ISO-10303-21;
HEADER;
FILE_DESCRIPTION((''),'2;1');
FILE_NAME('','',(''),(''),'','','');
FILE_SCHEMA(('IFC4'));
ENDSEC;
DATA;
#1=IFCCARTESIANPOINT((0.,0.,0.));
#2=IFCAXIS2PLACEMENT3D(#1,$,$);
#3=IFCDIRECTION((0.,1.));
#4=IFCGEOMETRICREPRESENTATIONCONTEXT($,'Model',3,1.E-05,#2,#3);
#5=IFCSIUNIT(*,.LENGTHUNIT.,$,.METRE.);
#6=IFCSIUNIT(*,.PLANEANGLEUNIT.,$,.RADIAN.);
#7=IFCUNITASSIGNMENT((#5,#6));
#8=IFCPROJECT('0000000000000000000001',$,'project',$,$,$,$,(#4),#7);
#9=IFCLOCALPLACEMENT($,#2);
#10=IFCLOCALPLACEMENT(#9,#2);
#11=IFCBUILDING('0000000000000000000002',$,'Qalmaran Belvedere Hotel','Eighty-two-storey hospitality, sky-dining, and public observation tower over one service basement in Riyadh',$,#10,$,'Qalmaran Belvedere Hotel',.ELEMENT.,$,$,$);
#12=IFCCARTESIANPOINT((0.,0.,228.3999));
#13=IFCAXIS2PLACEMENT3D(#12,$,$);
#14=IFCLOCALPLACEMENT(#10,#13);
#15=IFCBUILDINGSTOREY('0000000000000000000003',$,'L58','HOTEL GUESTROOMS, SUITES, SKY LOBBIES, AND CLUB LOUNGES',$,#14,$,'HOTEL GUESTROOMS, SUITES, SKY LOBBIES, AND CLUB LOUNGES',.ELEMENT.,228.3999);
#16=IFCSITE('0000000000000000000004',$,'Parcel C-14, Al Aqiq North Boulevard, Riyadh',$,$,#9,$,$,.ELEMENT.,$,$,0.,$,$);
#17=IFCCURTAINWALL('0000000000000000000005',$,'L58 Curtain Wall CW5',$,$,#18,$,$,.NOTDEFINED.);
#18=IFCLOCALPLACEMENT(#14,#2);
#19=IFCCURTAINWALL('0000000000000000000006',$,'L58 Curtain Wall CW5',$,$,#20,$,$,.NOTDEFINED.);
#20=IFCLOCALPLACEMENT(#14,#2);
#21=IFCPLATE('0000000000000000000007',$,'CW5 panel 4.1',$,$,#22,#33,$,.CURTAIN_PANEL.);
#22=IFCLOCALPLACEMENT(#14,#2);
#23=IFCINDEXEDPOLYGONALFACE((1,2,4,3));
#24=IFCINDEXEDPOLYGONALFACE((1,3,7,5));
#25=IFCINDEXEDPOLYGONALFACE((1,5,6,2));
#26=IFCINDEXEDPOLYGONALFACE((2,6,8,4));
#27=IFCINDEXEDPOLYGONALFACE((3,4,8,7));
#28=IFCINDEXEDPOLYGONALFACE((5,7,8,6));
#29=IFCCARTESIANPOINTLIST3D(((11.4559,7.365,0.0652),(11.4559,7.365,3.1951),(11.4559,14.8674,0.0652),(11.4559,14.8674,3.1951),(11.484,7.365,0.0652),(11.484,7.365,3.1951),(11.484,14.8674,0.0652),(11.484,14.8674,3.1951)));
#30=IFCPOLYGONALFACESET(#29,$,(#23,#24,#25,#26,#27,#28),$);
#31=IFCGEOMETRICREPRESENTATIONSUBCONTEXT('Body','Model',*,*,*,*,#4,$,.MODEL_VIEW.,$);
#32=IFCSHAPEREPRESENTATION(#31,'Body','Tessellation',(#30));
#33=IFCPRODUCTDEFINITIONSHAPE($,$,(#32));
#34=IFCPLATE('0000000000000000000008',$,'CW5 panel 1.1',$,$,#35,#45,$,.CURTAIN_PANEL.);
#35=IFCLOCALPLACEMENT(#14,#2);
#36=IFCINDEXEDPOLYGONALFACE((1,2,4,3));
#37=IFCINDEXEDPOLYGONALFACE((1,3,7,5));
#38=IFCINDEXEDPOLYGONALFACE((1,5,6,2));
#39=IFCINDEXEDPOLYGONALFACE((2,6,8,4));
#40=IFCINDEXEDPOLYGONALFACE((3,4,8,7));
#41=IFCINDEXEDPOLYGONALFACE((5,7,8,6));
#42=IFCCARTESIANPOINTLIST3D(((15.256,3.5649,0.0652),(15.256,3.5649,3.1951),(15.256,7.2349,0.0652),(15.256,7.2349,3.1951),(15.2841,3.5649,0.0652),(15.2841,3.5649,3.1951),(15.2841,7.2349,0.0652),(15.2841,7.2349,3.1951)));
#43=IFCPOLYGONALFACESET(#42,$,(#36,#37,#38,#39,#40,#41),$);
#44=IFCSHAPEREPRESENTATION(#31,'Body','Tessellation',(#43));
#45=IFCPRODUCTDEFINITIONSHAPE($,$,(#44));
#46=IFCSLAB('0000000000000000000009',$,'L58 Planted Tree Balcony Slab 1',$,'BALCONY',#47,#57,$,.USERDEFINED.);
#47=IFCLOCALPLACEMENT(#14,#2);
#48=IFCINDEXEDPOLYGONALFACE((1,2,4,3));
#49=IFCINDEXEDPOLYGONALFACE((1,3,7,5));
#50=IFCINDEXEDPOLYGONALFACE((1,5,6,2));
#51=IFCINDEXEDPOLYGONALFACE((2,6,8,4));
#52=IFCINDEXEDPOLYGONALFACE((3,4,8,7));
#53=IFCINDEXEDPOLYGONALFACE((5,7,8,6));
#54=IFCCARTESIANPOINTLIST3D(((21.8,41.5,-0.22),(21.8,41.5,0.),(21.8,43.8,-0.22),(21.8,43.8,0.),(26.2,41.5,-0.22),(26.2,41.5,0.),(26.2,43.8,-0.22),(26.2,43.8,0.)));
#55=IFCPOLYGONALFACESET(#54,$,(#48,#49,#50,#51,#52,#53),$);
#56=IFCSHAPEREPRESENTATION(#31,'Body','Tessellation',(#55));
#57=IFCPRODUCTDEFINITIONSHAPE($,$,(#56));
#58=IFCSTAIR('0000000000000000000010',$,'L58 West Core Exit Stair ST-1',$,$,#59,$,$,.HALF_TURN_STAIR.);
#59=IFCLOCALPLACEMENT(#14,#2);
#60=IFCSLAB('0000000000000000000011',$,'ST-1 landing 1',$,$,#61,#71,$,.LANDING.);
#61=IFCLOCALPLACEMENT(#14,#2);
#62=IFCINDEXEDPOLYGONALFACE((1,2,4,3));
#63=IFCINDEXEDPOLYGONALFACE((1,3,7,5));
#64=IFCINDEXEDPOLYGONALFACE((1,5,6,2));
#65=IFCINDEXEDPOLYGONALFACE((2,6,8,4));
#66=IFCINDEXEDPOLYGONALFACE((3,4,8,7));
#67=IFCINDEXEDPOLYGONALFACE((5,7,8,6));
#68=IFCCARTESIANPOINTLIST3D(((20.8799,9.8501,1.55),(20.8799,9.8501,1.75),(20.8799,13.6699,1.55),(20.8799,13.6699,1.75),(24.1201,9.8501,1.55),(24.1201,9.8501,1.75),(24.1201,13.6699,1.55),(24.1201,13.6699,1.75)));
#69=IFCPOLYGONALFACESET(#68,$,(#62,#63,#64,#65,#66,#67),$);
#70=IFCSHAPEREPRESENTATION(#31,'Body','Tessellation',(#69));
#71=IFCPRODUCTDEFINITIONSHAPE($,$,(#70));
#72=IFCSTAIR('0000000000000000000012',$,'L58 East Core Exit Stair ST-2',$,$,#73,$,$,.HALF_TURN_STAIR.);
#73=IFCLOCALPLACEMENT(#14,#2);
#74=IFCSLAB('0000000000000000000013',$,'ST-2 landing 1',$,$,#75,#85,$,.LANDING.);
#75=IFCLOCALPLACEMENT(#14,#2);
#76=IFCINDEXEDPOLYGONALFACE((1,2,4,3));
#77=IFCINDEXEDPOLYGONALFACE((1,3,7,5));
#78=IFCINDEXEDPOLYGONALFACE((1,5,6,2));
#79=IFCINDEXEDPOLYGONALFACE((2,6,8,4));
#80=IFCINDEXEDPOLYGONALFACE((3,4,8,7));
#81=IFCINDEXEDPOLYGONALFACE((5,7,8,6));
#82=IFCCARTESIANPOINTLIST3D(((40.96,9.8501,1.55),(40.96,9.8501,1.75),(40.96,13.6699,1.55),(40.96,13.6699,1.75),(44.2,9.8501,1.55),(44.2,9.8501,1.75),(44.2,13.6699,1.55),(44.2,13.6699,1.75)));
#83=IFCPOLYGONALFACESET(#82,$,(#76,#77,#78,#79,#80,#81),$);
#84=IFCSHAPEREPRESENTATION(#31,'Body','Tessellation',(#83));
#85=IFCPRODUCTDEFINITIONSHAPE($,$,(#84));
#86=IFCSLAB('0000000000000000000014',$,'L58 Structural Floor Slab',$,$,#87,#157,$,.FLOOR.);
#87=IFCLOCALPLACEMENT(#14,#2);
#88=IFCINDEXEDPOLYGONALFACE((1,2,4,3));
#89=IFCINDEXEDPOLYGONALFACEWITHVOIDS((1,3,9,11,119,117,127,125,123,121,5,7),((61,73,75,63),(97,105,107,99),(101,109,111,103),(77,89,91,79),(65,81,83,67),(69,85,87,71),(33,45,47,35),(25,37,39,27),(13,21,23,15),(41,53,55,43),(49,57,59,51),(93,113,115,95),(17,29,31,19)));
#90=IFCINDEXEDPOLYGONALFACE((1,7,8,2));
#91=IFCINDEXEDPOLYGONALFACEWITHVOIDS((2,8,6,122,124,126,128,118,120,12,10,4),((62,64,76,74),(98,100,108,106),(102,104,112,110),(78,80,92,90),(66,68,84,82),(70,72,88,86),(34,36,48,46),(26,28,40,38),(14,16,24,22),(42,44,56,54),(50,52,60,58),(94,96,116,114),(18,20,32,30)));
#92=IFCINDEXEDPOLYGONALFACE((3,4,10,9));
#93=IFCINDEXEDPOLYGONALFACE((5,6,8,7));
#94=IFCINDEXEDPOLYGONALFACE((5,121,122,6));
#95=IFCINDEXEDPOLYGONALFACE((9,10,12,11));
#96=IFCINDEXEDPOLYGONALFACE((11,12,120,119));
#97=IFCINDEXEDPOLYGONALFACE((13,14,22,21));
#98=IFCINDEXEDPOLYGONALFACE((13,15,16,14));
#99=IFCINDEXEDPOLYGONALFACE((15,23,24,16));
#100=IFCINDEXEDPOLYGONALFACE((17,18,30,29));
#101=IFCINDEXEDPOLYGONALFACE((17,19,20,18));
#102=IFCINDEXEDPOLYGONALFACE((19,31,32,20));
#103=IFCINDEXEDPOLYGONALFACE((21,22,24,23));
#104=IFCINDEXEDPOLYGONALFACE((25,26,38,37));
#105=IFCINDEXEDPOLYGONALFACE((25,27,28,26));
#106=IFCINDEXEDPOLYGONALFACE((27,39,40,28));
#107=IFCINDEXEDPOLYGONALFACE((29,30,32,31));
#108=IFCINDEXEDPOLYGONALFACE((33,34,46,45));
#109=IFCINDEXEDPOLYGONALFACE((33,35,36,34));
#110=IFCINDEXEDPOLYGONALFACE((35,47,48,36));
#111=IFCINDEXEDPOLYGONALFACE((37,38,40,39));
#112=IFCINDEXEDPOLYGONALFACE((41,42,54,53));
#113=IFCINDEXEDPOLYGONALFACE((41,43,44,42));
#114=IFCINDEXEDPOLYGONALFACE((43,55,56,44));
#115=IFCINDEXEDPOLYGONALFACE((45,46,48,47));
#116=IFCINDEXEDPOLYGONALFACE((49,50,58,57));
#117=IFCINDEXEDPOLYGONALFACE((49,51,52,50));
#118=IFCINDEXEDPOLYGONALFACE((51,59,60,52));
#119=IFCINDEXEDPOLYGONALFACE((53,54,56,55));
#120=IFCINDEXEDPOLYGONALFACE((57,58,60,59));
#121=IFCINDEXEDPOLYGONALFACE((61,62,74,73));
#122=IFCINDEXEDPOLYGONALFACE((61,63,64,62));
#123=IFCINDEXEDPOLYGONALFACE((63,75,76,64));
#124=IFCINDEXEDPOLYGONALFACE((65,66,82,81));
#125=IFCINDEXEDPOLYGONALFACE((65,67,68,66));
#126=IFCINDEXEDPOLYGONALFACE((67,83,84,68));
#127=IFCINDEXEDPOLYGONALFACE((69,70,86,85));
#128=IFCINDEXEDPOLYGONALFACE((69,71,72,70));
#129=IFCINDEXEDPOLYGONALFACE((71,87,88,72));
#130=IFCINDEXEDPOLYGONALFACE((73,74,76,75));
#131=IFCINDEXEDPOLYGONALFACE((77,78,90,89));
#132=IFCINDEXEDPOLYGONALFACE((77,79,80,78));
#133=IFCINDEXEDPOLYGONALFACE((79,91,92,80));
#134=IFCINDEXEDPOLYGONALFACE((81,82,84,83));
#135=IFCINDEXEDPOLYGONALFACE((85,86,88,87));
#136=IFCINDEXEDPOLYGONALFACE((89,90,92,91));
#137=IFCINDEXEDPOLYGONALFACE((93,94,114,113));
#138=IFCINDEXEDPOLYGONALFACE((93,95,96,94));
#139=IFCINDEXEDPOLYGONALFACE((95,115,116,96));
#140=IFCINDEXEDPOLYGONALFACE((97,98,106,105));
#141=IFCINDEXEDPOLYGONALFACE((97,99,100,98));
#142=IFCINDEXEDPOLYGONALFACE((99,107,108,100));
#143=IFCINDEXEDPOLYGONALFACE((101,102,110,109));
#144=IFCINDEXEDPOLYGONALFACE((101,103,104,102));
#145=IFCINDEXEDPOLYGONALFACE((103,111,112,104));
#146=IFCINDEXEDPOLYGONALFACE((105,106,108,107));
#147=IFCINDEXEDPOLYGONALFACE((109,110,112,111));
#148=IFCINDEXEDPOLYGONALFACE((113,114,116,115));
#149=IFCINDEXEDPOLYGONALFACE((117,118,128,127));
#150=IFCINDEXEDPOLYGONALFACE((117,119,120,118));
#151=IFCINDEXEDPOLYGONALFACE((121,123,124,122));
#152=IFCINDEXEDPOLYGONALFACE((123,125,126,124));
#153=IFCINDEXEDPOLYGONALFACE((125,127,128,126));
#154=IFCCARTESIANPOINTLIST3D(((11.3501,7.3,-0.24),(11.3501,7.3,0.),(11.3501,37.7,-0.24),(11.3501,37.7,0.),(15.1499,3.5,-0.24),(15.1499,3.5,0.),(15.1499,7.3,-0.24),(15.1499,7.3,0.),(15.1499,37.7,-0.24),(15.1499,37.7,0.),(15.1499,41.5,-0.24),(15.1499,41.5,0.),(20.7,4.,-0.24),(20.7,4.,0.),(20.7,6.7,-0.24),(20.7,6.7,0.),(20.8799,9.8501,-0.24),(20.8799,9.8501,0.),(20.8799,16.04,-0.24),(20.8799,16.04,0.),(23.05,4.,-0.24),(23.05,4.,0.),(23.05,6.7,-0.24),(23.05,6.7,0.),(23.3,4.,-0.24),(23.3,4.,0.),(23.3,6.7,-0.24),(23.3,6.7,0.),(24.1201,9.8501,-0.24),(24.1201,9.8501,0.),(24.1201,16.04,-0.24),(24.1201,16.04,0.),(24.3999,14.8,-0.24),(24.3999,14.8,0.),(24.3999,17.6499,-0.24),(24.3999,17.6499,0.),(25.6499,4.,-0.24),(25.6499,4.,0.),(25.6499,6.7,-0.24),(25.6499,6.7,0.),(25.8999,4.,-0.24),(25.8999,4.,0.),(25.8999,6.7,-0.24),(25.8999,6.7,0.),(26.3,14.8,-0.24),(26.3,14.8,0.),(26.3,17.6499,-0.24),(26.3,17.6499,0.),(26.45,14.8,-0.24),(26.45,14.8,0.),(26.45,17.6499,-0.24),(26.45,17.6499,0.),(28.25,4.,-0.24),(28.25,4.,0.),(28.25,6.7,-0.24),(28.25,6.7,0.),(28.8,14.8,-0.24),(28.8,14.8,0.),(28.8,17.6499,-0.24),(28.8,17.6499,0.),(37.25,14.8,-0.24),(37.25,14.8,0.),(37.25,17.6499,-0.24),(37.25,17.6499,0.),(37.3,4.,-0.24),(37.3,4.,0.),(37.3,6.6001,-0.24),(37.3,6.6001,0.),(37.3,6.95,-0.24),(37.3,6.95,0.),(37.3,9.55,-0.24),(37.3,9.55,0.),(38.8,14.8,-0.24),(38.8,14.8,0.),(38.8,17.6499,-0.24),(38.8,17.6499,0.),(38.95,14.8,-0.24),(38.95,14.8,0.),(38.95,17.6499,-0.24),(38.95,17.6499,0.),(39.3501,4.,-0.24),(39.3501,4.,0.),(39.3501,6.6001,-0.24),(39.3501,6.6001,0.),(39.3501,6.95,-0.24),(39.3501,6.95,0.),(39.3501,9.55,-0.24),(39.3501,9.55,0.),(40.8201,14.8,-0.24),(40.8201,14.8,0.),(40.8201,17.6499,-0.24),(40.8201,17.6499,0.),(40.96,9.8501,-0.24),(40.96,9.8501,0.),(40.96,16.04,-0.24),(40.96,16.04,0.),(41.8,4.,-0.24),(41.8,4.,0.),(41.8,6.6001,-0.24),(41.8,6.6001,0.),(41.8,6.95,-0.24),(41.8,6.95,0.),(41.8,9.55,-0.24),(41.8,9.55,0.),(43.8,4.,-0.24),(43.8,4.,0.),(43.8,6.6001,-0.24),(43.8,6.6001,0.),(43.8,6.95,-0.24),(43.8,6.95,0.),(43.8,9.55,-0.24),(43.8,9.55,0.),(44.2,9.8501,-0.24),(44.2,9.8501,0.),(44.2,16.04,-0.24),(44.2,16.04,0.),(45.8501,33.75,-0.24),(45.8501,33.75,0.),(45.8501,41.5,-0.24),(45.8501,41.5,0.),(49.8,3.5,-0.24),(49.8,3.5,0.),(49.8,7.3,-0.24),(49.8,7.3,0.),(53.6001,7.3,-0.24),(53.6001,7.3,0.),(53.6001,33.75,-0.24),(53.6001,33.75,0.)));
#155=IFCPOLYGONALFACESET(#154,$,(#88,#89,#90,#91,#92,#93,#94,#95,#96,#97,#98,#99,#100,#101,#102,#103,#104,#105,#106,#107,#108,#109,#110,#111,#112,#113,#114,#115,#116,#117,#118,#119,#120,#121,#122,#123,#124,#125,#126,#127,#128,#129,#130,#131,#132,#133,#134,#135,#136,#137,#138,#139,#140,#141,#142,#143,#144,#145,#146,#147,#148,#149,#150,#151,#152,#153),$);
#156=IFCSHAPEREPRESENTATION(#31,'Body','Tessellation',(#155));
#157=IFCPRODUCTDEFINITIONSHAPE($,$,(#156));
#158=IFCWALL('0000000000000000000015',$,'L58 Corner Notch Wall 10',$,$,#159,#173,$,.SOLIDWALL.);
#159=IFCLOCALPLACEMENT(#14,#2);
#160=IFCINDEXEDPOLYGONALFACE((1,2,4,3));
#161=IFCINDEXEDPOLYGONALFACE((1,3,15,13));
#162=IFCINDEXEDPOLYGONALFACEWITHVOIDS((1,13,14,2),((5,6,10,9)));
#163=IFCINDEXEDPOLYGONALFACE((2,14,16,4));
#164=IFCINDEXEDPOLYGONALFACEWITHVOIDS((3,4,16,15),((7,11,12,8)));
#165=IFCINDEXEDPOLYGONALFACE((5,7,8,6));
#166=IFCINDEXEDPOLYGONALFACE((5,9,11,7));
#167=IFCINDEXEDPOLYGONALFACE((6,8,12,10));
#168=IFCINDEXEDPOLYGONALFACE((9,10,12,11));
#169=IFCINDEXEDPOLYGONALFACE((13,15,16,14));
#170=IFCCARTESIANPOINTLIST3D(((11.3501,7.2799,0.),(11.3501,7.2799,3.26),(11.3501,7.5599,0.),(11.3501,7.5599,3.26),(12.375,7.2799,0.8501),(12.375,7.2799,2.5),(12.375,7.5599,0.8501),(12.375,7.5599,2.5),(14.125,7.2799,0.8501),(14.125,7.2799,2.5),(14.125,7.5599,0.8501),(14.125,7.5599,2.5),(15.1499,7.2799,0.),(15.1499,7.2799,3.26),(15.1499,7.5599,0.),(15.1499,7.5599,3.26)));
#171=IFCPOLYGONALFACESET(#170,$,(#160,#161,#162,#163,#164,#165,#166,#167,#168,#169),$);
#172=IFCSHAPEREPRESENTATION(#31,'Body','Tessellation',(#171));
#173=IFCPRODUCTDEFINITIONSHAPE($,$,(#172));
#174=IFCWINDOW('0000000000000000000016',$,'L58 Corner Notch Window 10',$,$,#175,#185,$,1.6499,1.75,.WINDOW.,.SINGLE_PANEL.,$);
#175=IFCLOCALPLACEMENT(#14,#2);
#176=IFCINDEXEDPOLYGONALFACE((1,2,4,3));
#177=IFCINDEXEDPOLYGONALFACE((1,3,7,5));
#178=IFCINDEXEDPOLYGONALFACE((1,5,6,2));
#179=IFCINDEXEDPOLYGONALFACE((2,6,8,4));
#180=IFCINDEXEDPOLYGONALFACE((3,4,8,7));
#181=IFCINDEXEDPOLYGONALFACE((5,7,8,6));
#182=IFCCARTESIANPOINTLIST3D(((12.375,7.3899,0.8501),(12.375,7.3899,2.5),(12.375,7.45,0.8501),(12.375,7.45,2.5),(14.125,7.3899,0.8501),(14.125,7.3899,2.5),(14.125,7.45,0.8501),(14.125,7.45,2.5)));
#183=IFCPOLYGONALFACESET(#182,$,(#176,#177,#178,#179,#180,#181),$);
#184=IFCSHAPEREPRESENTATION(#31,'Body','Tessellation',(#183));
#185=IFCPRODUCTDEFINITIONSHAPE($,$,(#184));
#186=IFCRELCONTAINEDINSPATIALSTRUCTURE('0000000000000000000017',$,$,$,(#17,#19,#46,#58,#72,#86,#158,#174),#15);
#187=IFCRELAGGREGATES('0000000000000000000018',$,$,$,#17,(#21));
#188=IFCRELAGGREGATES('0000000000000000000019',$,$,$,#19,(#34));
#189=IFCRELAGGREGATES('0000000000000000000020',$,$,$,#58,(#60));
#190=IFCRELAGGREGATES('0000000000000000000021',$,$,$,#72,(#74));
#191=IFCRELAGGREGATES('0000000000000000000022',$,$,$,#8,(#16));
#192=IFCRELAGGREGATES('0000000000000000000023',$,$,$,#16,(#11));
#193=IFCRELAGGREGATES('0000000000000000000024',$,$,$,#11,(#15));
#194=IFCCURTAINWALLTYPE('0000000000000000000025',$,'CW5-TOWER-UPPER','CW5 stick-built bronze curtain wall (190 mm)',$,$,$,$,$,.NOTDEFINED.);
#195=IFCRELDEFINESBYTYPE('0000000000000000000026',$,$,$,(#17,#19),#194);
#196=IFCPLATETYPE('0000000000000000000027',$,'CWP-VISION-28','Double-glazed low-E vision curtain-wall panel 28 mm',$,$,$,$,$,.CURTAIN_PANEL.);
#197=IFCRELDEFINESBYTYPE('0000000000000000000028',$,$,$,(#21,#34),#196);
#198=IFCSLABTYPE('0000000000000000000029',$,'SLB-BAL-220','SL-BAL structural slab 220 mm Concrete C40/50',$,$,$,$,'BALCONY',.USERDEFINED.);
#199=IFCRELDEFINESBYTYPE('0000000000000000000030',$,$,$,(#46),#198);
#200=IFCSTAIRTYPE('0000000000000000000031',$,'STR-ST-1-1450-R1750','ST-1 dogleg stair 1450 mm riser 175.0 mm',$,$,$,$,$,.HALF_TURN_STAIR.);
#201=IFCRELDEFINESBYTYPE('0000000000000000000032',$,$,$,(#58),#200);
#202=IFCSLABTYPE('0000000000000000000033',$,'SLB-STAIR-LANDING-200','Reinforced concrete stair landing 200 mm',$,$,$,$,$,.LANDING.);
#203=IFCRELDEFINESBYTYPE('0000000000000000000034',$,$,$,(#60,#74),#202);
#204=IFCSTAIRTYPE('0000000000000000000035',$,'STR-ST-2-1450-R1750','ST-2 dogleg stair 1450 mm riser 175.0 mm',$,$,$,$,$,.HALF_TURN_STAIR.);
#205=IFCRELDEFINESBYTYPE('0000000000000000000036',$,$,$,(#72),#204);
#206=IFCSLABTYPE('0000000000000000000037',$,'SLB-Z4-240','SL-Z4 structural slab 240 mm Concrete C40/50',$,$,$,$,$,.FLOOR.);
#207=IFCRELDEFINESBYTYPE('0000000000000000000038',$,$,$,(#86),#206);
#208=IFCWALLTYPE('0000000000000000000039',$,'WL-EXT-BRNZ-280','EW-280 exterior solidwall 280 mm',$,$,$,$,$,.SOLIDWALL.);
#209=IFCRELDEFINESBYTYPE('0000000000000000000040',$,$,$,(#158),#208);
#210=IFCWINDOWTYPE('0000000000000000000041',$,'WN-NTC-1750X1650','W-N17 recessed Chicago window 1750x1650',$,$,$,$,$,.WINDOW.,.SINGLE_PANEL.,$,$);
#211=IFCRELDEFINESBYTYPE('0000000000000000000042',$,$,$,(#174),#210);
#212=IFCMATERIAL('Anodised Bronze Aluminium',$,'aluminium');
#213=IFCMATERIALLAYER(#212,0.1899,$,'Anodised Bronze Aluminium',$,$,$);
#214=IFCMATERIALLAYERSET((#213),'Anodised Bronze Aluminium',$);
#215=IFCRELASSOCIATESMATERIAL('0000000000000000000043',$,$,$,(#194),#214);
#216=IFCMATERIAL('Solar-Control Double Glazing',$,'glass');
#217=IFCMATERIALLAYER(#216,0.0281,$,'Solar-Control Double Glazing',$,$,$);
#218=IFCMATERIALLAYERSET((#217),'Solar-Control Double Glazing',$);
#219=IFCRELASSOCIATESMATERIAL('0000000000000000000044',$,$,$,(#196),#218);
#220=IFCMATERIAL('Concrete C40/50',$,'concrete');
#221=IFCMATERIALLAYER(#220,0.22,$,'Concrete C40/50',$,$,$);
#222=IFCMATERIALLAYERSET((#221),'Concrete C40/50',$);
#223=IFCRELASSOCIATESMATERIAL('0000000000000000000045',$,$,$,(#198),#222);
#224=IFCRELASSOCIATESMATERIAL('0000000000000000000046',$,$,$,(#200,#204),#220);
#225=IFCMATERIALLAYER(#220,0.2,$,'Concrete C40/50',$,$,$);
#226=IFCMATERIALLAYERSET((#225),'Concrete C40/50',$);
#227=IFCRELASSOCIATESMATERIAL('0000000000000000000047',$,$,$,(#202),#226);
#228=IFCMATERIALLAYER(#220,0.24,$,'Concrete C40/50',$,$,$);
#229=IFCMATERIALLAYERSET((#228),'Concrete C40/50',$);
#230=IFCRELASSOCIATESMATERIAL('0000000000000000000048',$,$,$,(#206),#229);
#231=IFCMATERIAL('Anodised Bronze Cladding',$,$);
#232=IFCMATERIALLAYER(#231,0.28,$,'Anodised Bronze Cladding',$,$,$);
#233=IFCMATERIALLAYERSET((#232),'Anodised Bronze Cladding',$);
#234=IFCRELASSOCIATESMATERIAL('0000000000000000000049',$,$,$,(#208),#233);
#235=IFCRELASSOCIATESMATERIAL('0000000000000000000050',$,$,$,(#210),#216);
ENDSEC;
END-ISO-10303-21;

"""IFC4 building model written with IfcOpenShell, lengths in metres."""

from ifc_helpers import new_model, si_unit, direction, frame, frame_2d, origin, origin_2d, place, context, subcontext, project, spatial, polyline, rectangle, outline, extrude, material, layer, layer_set, type_object, element, fill, aggregate, save


model = new_model("IFC4")

# Units and contexts
model_context = context("Model", 3, precision=1e-05, world=origin(), true_north=direction((0.0, 1.0)))
body_context = subcontext(model_context, "Body", "Model", "MODEL_VIEW")
ifc_project = project(units=[si_unit("LENGTHUNIT", "METRE"), si_unit("PLANEANGLEUNIT", "RADIAN")], contexts=[model_context])

# Site, building, storey
site_placement = place(None, origin())
site = spatial("IfcSite", under=ifc_project, at=site_placement, Name="Parcel C-14, Al Aqiq North Boulevard, Riyadh", CompositionType="ELEMENT", RefElevation=0.0)
building_placement = place(site_placement, origin())
building = spatial("IfcBuilding", under=site, at=building_placement, Name="Qalmaran Belvedere Hotel", Description="Eighty-two-storey hospitality, sky-dining, and public observation tower over one service basement in Riyadh", LongName="Qalmaran Belvedere Hotel", CompositionType="ELEMENT")
storey_placement = place(building_placement, frame((0.0, 0.0, 228.3999)))
storey = spatial("IfcBuildingStorey", under=building, at=storey_placement, Name="L58", Description="HOTEL GUESTROOMS, SUITES, SKY LOBBIES, AND CLUB LOUNGES", LongName="HOTEL GUESTROOMS, SUITES, SKY LOBBIES, AND CLUB LOUNGES", CompositionType="ELEMENT", Elevation=228.3999)

# Shared definitions
ifc_material_1 = material(Name="Anodised Bronze Aluminium", Category="aluminium")
ifc_layer_1 = layer(ifc_material_1, 0.1899, Name="Anodised Bronze Aluminium")
ifc_layer_set_1 = layer_set([ifc_layer_1], Name="Anodised Bronze Aluminium")
curtain_wall_type = type_object("IfcCurtainWallType", Name="CW5-TOWER-UPPER", Description="CW5 stick-built bronze curtain wall (190 mm)", PredefinedType="NOTDEFINED", material=ifc_layer_set_1)

# Curtain walls
curtain_wall_1_placement = place(storey_placement, origin())
curtain_wall_1 = element("IfcCurtainWall", 1, at=curtain_wall_1_placement, inside=storey, type_object=curtain_wall_type, Name="L58 Curtain Wall CW5", PredefinedType="NOTDEFINED")
curtain_wall_2_placement = place(storey_placement, origin())
curtain_wall_2 = element("IfcCurtainWall", 2, at=curtain_wall_2_placement, inside=storey, type_object=curtain_wall_type, Name="L58 Curtain Wall CW5", PredefinedType="NOTDEFINED")

# Plates
ifc_material_2 = material(Name="Solar-Control Double Glazing", Category="glass")
ifc_layer_2 = layer(ifc_material_2, 0.0281, Name="Solar-Control Double Glazing")
ifc_layer_set_2 = layer_set([ifc_layer_2], Name="Solar-Control Double Glazing")
plate_type = type_object("IfcPlateType", Name="CWP-VISION-28", Description="Double-glazed low-E vision curtain-wall panel 28 mm", PredefinedType="CURTAIN_PANEL", material=ifc_layer_set_2)
plate_1_placement = place(storey_placement, frame((11.47, 11.1162, 0.0652), z_axis=(0.0, 0.0, 1.0), x_axis=(0.0, -1.0, 0.0)))
plate_1 = element("IfcPlate", 3, at=plate_1_placement, type_object=plate_type, Name="CW5 panel 4.1", PredefinedType="CURTAIN_PANEL", context=body_context, shape_type="SweptSolid", body=[
    extrude(rectangle(XDim=7.5024, YDim=0.0281, at=origin_2d()), origin(), (0.0, 0.0, 1.0), 3.1299),
])
aggregate(curtain_wall_1, [plate_1])
plate_2_placement = place(storey_placement, frame((15.27, 5.3999, 0.0652), z_axis=(0.0, 0.0, 1.0), x_axis=(0.0, -1.0, 0.0)))
plate_2 = element("IfcPlate", 4, at=plate_2_placement, type_object=plate_type, Name="CW5 panel 1.1", PredefinedType="CURTAIN_PANEL", context=body_context, shape_type="SweptSolid", body=[
    extrude(rectangle(XDim=3.6699, YDim=0.0281, at=origin_2d()), origin(), (0.0, 0.0, 1.0), 3.1299),
])
aggregate(curtain_wall_2, [plate_2])

# Slab
ifc_material_3 = material(Name="Concrete C40/50", Category="concrete")
ifc_layer_3 = layer(ifc_material_3, 0.22, Name="Concrete C40/50")
ifc_layer_set_3 = layer_set([ifc_layer_3], Name="Concrete C40/50")
slab_type_1 = type_object("IfcSlabType", Name="SLB-BAL-220", Description="SL-BAL structural slab 220 mm Concrete C40/50", ElementType="BALCONY", PredefinedType="USERDEFINED", material=ifc_layer_set_3)
slab_1_placement = place(storey_placement, frame((0.0, 0.0, -0.22)))
element("IfcSlab", 5, at=slab_1_placement, inside=storey, type_object=slab_type_1, Name="L58 Planted Tree Balcony Slab 1", ObjectType="BALCONY", PredefinedType="USERDEFINED", context=body_context, shape_type="SweptSolid", body=[
    extrude(outline(polyline([(21.8, 41.5), (26.2, 41.5), (26.2, 43.8), (21.8, 43.8), (21.8, 41.5)])), origin(), (0.0, 0.0, 1.0), 0.22),
])

# Stairs, slabs
stair_type_1 = type_object("IfcStairType", Name="STR-ST-1-1450-R1750", Description="ST-1 dogleg stair 1450 mm riser 175.0 mm", PredefinedType="HALF_TURN_STAIR", material=ifc_material_3)
stair_1_placement = place(storey_placement, origin())
stair_1 = element("IfcStair", 6, at=stair_1_placement, inside=storey, type_object=stair_type_1, Name="L58 West Core Exit Stair ST-1", PredefinedType="HALF_TURN_STAIR")
ifc_layer_4 = layer(ifc_material_3, 0.2, Name="Concrete C40/50")
ifc_layer_set_4 = layer_set([ifc_layer_4], Name="Concrete C40/50")
slab_type_2 = type_object("IfcSlabType", Name="SLB-STAIR-LANDING-200", Description="Reinforced concrete stair landing 200 mm", PredefinedType="LANDING", material=ifc_layer_set_4)
slab_2_placement = place(storey_placement, frame((0.0, 0.0, 1.55)))
slab_2 = element("IfcSlab", 7, at=slab_2_placement, type_object=slab_type_2, Name="ST-1 landing 1", PredefinedType="LANDING", context=body_context, shape_type="SweptSolid", body=[
    extrude(outline(polyline([(20.8799, 13.6699), (20.8799, 9.8501), (24.1201, 9.8501), (24.1201, 13.6699), (20.8799, 13.6699)])), origin(), (0.0, 0.0, 1.0), 0.2),
])
aggregate(stair_1, [slab_2])
stair_type_2 = type_object("IfcStairType", Name="STR-ST-2-1450-R1750", Description="ST-2 dogleg stair 1450 mm riser 175.0 mm", PredefinedType="HALF_TURN_STAIR", material=ifc_material_3)
stair_2_placement = place(storey_placement, origin())
stair_2 = element("IfcStair", 8, at=stair_2_placement, inside=storey, type_object=stair_type_2, Name="L58 East Core Exit Stair ST-2", PredefinedType="HALF_TURN_STAIR")
slab_3_placement = place(storey_placement, frame((0.0, 0.0, 1.55)))
slab_3 = element("IfcSlab", 9, at=slab_3_placement, type_object=slab_type_2, Name="ST-2 landing 1", PredefinedType="LANDING", context=body_context, shape_type="SweptSolid", body=[
    extrude(outline(polyline([(40.96, 13.6699), (40.96, 9.8501), (44.2, 9.8501), (44.2, 13.6699), (40.96, 13.6699)])), origin(), (0.0, 0.0, 1.0), 0.2),
])
aggregate(stair_2, [slab_3])

# Slab
ifc_layer_5 = layer(ifc_material_3, 0.24, Name="Concrete C40/50")
ifc_layer_set_5 = layer_set([ifc_layer_5], Name="Concrete C40/50")
slab_type_3 = type_object("IfcSlabType", Name="SLB-Z4-240", Description="SL-Z4 structural slab 240 mm Concrete C40/50", PredefinedType="FLOOR", material=ifc_layer_set_5)
slab_4_placement = place(storey_placement, frame((0.0, 0.0, -0.24)))
element("IfcSlab", 10, at=slab_4_placement, inside=storey, type_object=slab_type_3, Name="L58 Structural Floor Slab", PredefinedType="FLOOR", context=body_context, shape_type="SweptSolid", body=[
    extrude(outline(polyline([(15.1499, 3.5), (49.8, 3.5), (49.8, 7.3), (53.6001, 7.3), (53.6001, 33.75), (45.8501, 33.75), (45.8501, 41.5), (15.1499, 41.5), (15.1499, 37.7), (11.3501, 37.7), (11.3501, 7.3), (15.1499, 7.3), (15.1499, 3.5)]), holes=[polyline([(20.8799, 9.8501), (24.1201, 9.8501), (24.1201, 16.04), (20.8799, 16.04), (20.8799, 9.8501)]), polyline([(40.96, 9.8501), (44.2, 9.8501), (44.2, 16.04), (40.96, 16.04), (40.96, 9.8501)]), polyline([(37.3, 4.0), (39.3501, 4.0), (39.3501, 6.6001), (37.3, 6.6001), (37.3, 4.0)]), polyline([(37.3, 6.95), (39.3501, 6.95), (39.3501, 9.55), (37.3, 9.55), (37.3, 6.95)]), polyline([(41.8, 4.0), (43.8, 4.0), (43.8, 6.6001), (41.8, 6.6001), (41.8, 4.0)]), polyline([(41.8, 6.95), (43.8, 6.95), (43.8, 9.55), (41.8, 9.55), (41.8, 6.95)]), polyline([(20.7, 4.0), (23.05, 4.0), (23.05, 6.7), (20.7, 6.7), (20.7, 4.0)]), polyline([(23.3, 4.0), (25.6499, 4.0), (25.6499, 6.7), (23.3, 6.7), (23.3, 4.0)]), polyline([(25.8999, 4.0), (28.25, 4.0), (28.25, 6.7), (25.8999, 6.7), (25.8999, 4.0)]), polyline([(24.3999, 14.8), (26.3, 14.8), (26.3, 17.6499), (24.3999, 17.6499), (24.3999, 14.8)]), polyline([(38.95, 14.8), (40.8201, 14.8), (40.8201, 17.6499), (38.95, 17.6499), (38.95, 14.8)]), polyline([(26.45, 14.8), (28.8, 14.8), (28.8, 17.6499), (26.45, 17.6499), (26.45, 14.8)]), polyline([(37.25, 14.8), (38.8, 14.8), (38.8, 17.6499), (37.25, 17.6499), (37.25, 14.8)])]), origin(), (0.0, 0.0, 1.0), 0.24),
])

# Wall, opening, window
ifc_material_4 = material(Name="Anodised Bronze Cladding")
ifc_layer_6 = layer(ifc_material_4, 0.28, Name="Anodised Bronze Cladding")
ifc_layer_set_6 = layer_set([ifc_layer_6], Name="Anodised Bronze Cladding")
wall_type_1 = type_object("IfcWallType", Name="WL-EXT-BRNZ-280", Description="EW-280 exterior solidwall 280 mm", PredefinedType="SOLIDWALL", material=ifc_layer_set_6)
wall_1_placement = place(storey_placement, frame((11.3501, 7.4199, 0.0), z_axis=(0.0, 0.0, 1.0), x_axis=(1.0, 0.0, 0.0)))
wall_1 = element("IfcWall", 11, at=wall_1_placement, inside=storey, type_object=wall_type_1, Name="L58 Corner Notch Wall 10", PredefinedType="SOLIDWALL", context=body_context, shape_type="SweptSolid", body=[
    extrude(rectangle(XDim=3.7998, YDim=0.28, at=frame_2d((1.8999, 0.0))), origin(), (0.0, 0.0, 1.0), 3.26),
])
opening_placement = place(wall_1_placement, frame((1.0249, 0.0, 0.8501)))
opening = element("IfcOpeningElement", 12, at=opening_placement, cuts=wall_1, PredefinedType="OPENING", context=body_context, shape_type="SweptSolid", body=[
    extrude(rectangle(XDim=1.75, YDim=1.6499, at=frame_2d((0.875, 0.825))), frame((0.0, 0.1499, 0.0), z_axis=(0.0, -1.0, 0.0), x_axis=(1.0, 0.0, 0.0)), (0.0, 0.0, 1.0), 0.3),
])
window_type = type_object("IfcWindowType", Name="WN-NTC-1750X1650", Description="W-N17 recessed Chicago window 1750x1650", PartitioningType="SINGLE_PANEL", PredefinedType="WINDOW", material=ifc_material_2)
window_placement = place(opening_placement, origin())
window = element("IfcWindow", 13, at=window_placement, inside=storey, type_object=window_type, Name="L58 Corner Notch Window 10", OverallHeight=1.6499, OverallWidth=1.75, PartitioningType="SINGLE_PANEL", PredefinedType="WINDOW", context=body_context, shape_type="SweptSolid", body=[
    extrude(rectangle(XDim=1.75, YDim=1.6499, at=frame_2d((0.875, 0.825))), frame((0.0, 0.03, 0.0), z_axis=(0.0, -1.0, 0.0), x_axis=(1.0, 0.0, 0.0)), (0.0, 0.0, 1.0), 0.0601),
])
fill(opening, window)

save(model, "model.ifc")
